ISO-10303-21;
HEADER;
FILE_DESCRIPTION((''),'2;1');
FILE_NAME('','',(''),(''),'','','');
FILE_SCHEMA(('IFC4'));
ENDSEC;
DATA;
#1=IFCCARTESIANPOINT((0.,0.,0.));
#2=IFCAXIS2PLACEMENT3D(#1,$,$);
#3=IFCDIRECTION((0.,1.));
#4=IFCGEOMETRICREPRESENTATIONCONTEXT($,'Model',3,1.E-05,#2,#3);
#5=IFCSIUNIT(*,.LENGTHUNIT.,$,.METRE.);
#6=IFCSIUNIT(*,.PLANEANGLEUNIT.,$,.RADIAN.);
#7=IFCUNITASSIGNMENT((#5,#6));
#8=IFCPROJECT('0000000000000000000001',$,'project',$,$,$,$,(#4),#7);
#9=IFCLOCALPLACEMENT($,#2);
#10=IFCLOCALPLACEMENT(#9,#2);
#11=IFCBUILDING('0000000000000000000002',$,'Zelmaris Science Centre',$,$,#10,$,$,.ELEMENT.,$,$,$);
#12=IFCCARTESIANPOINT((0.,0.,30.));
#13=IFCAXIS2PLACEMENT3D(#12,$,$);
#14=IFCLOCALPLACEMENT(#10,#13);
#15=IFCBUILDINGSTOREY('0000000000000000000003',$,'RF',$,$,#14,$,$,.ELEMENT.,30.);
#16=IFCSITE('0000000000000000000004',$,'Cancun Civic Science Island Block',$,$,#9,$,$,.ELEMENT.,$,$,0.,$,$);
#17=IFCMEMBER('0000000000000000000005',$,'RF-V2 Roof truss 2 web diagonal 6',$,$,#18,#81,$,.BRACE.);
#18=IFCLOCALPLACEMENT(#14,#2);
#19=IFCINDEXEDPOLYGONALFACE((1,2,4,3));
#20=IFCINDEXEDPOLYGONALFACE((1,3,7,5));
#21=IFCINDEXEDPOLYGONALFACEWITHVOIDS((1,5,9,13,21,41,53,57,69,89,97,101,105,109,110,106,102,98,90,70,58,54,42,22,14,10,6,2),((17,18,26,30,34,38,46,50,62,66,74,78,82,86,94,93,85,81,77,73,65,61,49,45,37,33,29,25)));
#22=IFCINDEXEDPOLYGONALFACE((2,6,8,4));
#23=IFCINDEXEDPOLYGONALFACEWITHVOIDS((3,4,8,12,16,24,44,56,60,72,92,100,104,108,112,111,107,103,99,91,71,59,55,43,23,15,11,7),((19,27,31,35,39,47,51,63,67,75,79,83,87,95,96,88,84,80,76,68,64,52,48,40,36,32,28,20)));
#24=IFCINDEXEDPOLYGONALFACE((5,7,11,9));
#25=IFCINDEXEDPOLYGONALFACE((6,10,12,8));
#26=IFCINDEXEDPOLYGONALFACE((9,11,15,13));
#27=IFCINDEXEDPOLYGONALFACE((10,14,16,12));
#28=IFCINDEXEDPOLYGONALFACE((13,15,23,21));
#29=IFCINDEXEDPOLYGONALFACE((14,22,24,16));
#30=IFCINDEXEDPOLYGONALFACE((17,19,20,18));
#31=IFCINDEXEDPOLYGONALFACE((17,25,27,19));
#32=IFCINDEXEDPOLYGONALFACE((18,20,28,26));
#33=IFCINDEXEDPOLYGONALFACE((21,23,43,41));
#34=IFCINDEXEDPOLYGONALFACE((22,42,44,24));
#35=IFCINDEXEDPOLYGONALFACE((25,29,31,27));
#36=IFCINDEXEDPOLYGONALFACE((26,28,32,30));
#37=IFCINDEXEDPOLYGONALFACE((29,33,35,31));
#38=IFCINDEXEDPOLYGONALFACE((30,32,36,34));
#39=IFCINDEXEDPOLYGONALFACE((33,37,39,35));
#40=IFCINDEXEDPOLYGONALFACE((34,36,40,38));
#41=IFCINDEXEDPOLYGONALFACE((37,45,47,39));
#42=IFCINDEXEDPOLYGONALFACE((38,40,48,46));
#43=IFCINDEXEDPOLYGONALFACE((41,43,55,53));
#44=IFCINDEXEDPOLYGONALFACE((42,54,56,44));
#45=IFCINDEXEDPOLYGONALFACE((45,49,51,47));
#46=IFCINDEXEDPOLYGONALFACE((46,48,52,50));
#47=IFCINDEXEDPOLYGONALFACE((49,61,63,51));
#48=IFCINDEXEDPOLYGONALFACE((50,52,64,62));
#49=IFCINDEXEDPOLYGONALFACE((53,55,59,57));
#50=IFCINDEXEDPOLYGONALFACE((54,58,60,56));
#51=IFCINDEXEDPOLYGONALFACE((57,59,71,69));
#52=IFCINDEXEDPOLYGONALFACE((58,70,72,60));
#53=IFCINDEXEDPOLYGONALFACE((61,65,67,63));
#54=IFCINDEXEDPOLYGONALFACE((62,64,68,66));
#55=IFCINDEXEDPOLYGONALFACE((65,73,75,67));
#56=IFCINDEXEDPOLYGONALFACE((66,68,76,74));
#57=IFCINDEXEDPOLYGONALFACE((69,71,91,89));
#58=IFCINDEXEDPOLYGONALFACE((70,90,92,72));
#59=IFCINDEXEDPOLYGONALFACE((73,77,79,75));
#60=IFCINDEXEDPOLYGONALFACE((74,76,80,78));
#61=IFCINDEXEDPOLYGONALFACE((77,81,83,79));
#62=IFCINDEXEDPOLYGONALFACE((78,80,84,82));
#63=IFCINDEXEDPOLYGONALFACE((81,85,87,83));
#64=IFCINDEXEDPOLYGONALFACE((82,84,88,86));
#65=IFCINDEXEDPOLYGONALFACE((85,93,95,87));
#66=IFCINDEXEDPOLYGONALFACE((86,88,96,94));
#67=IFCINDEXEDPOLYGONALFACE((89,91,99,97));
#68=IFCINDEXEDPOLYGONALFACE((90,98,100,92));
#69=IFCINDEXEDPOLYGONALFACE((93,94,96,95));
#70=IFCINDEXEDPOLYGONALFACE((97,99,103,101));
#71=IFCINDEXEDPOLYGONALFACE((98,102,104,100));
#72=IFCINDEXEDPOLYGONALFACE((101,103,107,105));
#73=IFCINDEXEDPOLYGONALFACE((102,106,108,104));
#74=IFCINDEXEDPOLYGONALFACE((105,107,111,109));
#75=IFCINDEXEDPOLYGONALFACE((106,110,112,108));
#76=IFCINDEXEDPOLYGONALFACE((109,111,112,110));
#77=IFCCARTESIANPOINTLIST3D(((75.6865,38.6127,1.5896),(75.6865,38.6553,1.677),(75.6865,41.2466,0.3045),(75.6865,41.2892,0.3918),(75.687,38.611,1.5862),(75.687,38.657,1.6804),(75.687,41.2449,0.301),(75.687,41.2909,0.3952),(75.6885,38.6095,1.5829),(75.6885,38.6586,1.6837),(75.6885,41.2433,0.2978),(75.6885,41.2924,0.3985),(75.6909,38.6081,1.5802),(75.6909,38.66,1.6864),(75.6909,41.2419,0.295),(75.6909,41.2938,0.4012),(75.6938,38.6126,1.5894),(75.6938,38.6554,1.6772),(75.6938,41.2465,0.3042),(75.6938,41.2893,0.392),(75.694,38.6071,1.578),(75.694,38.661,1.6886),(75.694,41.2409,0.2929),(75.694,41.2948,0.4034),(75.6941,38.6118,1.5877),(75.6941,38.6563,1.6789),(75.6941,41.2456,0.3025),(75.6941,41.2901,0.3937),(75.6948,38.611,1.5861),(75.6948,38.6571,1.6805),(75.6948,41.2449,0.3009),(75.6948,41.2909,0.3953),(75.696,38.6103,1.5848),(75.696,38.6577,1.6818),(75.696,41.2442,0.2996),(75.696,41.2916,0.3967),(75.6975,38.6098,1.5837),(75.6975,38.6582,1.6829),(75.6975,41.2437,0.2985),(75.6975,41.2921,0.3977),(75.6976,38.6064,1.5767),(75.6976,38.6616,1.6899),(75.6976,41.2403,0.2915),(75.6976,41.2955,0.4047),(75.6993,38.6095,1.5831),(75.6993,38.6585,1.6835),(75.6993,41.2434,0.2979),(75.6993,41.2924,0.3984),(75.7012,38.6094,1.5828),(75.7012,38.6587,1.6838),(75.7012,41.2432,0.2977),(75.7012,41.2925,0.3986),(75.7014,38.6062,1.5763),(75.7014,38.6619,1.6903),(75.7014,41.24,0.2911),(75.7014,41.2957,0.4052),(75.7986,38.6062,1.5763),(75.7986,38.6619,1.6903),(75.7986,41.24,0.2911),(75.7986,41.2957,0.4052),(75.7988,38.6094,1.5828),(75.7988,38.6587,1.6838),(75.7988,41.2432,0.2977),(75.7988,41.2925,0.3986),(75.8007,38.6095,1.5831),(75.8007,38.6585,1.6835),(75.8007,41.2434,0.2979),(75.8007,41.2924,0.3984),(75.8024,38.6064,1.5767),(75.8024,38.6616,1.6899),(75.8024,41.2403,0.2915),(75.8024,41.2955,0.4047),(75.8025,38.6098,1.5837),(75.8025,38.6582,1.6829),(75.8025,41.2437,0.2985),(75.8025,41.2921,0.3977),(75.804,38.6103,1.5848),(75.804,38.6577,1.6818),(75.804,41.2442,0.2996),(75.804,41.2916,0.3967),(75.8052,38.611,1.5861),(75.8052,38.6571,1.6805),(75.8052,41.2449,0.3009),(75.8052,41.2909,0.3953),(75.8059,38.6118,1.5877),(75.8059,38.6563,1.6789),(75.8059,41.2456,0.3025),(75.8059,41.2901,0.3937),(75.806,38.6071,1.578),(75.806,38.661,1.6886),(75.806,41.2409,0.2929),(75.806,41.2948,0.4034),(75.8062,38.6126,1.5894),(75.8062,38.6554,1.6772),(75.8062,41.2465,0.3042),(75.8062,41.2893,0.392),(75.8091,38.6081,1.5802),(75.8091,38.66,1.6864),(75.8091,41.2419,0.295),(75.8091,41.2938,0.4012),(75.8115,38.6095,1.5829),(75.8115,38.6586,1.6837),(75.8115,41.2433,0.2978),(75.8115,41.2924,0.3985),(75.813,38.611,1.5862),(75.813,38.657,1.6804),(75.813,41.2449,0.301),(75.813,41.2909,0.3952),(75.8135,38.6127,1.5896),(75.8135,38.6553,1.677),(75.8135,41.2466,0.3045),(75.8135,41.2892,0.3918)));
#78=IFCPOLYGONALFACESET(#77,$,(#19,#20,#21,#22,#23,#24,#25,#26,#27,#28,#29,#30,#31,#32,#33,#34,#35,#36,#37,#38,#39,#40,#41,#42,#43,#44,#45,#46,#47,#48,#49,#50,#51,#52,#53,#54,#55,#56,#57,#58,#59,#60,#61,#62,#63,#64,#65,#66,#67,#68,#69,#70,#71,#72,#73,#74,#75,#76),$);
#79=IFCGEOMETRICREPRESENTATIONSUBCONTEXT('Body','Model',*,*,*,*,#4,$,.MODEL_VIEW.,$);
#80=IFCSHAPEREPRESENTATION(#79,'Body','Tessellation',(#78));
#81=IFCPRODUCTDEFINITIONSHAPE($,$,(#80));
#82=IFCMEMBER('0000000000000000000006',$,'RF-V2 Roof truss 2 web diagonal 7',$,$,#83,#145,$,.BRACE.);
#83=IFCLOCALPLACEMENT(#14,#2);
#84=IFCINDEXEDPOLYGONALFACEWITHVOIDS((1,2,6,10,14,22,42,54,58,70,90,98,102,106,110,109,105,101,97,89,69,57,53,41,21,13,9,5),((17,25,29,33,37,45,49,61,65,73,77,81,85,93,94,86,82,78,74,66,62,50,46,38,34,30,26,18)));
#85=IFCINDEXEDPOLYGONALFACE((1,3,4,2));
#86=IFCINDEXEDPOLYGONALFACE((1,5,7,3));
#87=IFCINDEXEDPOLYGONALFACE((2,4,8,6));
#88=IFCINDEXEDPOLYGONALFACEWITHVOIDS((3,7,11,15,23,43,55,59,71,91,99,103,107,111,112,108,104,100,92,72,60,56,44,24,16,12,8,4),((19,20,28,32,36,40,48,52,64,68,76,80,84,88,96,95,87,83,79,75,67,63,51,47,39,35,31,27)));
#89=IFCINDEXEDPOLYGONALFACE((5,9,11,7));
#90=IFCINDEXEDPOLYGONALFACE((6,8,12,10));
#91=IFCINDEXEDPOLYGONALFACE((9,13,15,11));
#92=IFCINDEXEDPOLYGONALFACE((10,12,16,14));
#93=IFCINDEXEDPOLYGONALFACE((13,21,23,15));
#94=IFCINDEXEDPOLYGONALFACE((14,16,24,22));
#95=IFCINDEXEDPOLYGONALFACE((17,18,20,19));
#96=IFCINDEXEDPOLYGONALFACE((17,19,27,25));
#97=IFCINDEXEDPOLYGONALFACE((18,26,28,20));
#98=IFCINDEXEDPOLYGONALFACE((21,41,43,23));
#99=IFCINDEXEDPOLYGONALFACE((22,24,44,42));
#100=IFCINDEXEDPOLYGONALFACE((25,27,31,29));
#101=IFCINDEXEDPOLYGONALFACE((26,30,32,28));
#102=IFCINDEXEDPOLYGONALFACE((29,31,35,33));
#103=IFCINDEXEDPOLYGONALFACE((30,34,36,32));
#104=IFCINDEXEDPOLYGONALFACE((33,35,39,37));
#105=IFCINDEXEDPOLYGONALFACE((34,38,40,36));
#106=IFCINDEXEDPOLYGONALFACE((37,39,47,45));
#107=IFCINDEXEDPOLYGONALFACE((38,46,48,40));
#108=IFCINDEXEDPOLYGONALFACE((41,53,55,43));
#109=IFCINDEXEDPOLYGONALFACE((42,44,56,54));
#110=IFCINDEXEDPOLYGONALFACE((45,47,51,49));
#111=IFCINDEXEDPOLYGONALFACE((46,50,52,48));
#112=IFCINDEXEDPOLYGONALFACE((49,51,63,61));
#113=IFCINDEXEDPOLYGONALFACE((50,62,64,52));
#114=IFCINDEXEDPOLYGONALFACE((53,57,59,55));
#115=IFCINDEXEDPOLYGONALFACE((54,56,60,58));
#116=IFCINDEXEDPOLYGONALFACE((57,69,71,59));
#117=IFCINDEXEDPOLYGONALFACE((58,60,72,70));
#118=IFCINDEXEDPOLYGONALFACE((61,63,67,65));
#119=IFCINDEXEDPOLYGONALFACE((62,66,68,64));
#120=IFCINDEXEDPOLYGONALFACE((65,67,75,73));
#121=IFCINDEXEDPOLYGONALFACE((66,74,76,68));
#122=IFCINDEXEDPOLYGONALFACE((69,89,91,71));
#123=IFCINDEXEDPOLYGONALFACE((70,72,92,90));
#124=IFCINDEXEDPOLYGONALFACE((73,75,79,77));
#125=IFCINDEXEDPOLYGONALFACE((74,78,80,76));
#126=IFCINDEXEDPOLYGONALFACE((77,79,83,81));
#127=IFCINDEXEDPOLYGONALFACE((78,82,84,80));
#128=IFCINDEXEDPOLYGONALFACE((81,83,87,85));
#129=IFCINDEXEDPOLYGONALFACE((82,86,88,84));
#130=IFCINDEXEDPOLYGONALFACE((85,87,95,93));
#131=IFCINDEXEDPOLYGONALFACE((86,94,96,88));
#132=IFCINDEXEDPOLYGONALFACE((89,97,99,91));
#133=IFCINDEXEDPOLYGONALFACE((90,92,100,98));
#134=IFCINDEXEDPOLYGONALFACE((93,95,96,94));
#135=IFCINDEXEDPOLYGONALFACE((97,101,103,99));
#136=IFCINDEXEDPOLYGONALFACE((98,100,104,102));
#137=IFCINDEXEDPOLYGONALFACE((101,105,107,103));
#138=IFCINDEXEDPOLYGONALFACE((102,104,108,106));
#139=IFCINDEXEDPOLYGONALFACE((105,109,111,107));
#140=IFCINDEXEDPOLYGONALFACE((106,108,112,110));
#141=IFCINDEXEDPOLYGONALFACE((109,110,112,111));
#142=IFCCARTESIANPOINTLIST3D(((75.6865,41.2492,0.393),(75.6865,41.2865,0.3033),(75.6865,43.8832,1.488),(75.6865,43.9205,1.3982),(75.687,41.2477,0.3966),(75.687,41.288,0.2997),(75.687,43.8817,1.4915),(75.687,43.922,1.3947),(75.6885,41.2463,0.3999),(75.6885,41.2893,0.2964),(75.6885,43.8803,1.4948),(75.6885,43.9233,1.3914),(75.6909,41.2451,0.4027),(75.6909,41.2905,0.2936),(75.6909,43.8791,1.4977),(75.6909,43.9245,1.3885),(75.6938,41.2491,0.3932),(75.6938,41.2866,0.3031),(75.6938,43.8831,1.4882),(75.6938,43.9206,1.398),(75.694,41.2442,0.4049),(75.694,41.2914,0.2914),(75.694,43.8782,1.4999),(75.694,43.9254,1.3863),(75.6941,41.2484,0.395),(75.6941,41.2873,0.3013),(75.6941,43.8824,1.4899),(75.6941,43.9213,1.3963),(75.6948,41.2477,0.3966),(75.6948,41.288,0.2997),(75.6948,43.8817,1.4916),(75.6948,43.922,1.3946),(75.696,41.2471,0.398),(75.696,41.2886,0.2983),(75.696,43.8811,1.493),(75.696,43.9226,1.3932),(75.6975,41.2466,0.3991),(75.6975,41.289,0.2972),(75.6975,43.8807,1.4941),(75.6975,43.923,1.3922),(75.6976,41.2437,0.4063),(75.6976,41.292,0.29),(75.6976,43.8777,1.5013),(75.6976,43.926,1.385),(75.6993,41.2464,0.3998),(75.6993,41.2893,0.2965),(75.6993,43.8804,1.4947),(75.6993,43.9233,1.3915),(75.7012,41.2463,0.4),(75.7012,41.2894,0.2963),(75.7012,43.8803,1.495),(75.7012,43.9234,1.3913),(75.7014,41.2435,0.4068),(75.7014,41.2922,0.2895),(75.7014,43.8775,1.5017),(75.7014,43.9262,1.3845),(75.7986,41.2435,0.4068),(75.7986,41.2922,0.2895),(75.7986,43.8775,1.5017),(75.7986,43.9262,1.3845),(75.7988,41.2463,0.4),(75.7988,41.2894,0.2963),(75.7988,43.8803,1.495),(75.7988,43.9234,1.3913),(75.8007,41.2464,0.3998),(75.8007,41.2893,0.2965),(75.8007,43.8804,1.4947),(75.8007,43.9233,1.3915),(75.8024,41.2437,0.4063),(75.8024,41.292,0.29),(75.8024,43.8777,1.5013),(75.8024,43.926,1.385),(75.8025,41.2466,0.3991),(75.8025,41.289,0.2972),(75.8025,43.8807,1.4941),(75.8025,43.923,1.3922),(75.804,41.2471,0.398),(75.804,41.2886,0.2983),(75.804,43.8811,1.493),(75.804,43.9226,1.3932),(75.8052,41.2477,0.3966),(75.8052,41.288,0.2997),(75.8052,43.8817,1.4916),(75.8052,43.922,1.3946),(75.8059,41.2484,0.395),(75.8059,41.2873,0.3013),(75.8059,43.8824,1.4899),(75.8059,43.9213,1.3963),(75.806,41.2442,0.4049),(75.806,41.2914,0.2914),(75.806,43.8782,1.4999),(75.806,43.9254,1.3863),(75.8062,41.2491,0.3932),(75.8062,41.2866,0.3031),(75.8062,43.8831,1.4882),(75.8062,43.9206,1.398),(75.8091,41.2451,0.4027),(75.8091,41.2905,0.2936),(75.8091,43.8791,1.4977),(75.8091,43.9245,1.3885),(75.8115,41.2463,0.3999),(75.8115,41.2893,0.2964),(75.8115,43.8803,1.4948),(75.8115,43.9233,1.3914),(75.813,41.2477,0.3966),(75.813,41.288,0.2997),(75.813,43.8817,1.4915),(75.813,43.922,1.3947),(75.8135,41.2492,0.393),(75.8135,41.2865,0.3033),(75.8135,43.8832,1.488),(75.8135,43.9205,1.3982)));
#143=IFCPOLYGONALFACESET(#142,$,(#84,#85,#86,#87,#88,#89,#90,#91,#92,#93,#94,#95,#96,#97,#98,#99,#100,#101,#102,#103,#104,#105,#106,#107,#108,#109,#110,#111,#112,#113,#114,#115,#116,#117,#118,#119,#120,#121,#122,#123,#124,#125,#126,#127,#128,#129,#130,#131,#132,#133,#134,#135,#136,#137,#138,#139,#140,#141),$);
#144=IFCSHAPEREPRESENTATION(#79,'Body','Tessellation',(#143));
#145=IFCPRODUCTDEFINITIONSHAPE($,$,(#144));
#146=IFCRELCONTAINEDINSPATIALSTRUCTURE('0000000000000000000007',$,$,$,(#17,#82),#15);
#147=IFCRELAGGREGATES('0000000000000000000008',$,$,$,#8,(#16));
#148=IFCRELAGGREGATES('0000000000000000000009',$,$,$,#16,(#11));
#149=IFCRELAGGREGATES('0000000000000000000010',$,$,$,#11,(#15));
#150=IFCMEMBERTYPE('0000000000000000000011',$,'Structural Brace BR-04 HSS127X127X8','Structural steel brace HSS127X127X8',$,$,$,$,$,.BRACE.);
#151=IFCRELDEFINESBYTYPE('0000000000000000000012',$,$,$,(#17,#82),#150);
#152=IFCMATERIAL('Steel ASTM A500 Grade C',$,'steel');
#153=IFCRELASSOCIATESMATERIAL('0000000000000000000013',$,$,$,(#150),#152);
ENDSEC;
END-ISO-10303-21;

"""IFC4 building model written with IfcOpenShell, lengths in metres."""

from ifc_helpers import new_model, si_unit, direction, frame, origin, origin_2d, place, context, subcontext, project, spatial, hollow_rectangle, extrude, material, material_profile, profile_set, type_object, element, save


model = new_model("IFC4")

# Units and contexts
model_context = context("Model", 3, precision=1e-05, world=origin(), true_north=direction((0.0, 1.0)))
body_context = subcontext(model_context, "Body", "Model", "MODEL_VIEW")
ifc_project = project(units=[si_unit("LENGTHUNIT", "METRE"), si_unit("PLANEANGLEUNIT", "RADIAN")], contexts=[model_context])

# Site, building, storey
site_placement = place(None, origin())
site = spatial("IfcSite", under=ifc_project, at=site_placement, Name="Cancun Civic Science Island Block", CompositionType="ELEMENT", RefElevation=0.0)
building_placement = place(site_placement, origin())
building = spatial("IfcBuilding", under=site, at=building_placement, Name="Zelmaris Science Centre", CompositionType="ELEMENT")
storey_placement = place(building_placement, frame((0.0, 0.0, 30.0)))
storey = spatial("IfcBuildingStorey", under=building, at=storey_placement, Name="RF", CompositionType="ELEMENT", Elevation=30.0)

# Shared definitions
ifc_material_1 = material(Name="Steel ASTM A500 Grade C", Category="steel")

# Members
ifc_material_profile_1 = material_profile(ifc_material_1, hollow_rectangle(XDim=0.127, YDim=0.127, WallThickness=0.0073, InnerFilletRadius=0.0073, OuterFilletRadius=0.0149, at=origin_2d()), Name="HSS127X127X8")
ifc_profile_set_1 = profile_set([ifc_material_profile_1], Name="Steel ASTM A500 Grade C")
member_type_1 = type_object("IfcMemberType", Name="Structural Brace BR-04 HSS127X127X8", Description="Structural steel brace HSS127X127X8", PredefinedType="BRACE", material=ifc_profile_set_1)
member_1_placement = place(storey_placement, frame((75.75, 38.634, 1.6333), z_axis=(0.0, 0.898717, -0.438529), x_axis=(-1.0, 0.0, 0.0)))
element("IfcMember", 1, at=member_1_placement, inside=storey, type_object=member_type_1, Name="RF-V2 Roof truss 2 web diagonal 6", PredefinedType="BRACE", context=body_context, shape_type="SweptSolid", body=[
    extrude(hollow_rectangle(XDim=0.127, YDim=0.127, WallThickness=0.0073, InnerFilletRadius=0.0073, OuterFilletRadius=0.0149, at=origin_2d()), origin(), (0.0, 0.0, 1.0), 2.9307),
])
for number, where, z_axis, x_axis, name in (
    (2, (75.75, 41.2678, 0.3481), (0.0, 0.923393, 0.383856), (-1.0, 0.0, 0.0), "RF-V2 Roof truss 2 web diagonal 7"),
):
    element("IfcMember", number, at=place(storey_placement, frame(where, z_axis=z_axis, x_axis=x_axis)), inside=storey, type_object=member_type_1, Name=name, PredefinedType="BRACE", context=body_context, shape_type="SweptSolid", body=[
        extrude(hollow_rectangle(XDim=0.127, YDim=0.127, WallThickness=0.0073, InnerFilletRadius=0.0073, OuterFilletRadius=0.0149, at=origin_2d()), origin(), (0.0, 0.0, 1.0), 2.8525),
    ])

save(model, "model.ifc")
